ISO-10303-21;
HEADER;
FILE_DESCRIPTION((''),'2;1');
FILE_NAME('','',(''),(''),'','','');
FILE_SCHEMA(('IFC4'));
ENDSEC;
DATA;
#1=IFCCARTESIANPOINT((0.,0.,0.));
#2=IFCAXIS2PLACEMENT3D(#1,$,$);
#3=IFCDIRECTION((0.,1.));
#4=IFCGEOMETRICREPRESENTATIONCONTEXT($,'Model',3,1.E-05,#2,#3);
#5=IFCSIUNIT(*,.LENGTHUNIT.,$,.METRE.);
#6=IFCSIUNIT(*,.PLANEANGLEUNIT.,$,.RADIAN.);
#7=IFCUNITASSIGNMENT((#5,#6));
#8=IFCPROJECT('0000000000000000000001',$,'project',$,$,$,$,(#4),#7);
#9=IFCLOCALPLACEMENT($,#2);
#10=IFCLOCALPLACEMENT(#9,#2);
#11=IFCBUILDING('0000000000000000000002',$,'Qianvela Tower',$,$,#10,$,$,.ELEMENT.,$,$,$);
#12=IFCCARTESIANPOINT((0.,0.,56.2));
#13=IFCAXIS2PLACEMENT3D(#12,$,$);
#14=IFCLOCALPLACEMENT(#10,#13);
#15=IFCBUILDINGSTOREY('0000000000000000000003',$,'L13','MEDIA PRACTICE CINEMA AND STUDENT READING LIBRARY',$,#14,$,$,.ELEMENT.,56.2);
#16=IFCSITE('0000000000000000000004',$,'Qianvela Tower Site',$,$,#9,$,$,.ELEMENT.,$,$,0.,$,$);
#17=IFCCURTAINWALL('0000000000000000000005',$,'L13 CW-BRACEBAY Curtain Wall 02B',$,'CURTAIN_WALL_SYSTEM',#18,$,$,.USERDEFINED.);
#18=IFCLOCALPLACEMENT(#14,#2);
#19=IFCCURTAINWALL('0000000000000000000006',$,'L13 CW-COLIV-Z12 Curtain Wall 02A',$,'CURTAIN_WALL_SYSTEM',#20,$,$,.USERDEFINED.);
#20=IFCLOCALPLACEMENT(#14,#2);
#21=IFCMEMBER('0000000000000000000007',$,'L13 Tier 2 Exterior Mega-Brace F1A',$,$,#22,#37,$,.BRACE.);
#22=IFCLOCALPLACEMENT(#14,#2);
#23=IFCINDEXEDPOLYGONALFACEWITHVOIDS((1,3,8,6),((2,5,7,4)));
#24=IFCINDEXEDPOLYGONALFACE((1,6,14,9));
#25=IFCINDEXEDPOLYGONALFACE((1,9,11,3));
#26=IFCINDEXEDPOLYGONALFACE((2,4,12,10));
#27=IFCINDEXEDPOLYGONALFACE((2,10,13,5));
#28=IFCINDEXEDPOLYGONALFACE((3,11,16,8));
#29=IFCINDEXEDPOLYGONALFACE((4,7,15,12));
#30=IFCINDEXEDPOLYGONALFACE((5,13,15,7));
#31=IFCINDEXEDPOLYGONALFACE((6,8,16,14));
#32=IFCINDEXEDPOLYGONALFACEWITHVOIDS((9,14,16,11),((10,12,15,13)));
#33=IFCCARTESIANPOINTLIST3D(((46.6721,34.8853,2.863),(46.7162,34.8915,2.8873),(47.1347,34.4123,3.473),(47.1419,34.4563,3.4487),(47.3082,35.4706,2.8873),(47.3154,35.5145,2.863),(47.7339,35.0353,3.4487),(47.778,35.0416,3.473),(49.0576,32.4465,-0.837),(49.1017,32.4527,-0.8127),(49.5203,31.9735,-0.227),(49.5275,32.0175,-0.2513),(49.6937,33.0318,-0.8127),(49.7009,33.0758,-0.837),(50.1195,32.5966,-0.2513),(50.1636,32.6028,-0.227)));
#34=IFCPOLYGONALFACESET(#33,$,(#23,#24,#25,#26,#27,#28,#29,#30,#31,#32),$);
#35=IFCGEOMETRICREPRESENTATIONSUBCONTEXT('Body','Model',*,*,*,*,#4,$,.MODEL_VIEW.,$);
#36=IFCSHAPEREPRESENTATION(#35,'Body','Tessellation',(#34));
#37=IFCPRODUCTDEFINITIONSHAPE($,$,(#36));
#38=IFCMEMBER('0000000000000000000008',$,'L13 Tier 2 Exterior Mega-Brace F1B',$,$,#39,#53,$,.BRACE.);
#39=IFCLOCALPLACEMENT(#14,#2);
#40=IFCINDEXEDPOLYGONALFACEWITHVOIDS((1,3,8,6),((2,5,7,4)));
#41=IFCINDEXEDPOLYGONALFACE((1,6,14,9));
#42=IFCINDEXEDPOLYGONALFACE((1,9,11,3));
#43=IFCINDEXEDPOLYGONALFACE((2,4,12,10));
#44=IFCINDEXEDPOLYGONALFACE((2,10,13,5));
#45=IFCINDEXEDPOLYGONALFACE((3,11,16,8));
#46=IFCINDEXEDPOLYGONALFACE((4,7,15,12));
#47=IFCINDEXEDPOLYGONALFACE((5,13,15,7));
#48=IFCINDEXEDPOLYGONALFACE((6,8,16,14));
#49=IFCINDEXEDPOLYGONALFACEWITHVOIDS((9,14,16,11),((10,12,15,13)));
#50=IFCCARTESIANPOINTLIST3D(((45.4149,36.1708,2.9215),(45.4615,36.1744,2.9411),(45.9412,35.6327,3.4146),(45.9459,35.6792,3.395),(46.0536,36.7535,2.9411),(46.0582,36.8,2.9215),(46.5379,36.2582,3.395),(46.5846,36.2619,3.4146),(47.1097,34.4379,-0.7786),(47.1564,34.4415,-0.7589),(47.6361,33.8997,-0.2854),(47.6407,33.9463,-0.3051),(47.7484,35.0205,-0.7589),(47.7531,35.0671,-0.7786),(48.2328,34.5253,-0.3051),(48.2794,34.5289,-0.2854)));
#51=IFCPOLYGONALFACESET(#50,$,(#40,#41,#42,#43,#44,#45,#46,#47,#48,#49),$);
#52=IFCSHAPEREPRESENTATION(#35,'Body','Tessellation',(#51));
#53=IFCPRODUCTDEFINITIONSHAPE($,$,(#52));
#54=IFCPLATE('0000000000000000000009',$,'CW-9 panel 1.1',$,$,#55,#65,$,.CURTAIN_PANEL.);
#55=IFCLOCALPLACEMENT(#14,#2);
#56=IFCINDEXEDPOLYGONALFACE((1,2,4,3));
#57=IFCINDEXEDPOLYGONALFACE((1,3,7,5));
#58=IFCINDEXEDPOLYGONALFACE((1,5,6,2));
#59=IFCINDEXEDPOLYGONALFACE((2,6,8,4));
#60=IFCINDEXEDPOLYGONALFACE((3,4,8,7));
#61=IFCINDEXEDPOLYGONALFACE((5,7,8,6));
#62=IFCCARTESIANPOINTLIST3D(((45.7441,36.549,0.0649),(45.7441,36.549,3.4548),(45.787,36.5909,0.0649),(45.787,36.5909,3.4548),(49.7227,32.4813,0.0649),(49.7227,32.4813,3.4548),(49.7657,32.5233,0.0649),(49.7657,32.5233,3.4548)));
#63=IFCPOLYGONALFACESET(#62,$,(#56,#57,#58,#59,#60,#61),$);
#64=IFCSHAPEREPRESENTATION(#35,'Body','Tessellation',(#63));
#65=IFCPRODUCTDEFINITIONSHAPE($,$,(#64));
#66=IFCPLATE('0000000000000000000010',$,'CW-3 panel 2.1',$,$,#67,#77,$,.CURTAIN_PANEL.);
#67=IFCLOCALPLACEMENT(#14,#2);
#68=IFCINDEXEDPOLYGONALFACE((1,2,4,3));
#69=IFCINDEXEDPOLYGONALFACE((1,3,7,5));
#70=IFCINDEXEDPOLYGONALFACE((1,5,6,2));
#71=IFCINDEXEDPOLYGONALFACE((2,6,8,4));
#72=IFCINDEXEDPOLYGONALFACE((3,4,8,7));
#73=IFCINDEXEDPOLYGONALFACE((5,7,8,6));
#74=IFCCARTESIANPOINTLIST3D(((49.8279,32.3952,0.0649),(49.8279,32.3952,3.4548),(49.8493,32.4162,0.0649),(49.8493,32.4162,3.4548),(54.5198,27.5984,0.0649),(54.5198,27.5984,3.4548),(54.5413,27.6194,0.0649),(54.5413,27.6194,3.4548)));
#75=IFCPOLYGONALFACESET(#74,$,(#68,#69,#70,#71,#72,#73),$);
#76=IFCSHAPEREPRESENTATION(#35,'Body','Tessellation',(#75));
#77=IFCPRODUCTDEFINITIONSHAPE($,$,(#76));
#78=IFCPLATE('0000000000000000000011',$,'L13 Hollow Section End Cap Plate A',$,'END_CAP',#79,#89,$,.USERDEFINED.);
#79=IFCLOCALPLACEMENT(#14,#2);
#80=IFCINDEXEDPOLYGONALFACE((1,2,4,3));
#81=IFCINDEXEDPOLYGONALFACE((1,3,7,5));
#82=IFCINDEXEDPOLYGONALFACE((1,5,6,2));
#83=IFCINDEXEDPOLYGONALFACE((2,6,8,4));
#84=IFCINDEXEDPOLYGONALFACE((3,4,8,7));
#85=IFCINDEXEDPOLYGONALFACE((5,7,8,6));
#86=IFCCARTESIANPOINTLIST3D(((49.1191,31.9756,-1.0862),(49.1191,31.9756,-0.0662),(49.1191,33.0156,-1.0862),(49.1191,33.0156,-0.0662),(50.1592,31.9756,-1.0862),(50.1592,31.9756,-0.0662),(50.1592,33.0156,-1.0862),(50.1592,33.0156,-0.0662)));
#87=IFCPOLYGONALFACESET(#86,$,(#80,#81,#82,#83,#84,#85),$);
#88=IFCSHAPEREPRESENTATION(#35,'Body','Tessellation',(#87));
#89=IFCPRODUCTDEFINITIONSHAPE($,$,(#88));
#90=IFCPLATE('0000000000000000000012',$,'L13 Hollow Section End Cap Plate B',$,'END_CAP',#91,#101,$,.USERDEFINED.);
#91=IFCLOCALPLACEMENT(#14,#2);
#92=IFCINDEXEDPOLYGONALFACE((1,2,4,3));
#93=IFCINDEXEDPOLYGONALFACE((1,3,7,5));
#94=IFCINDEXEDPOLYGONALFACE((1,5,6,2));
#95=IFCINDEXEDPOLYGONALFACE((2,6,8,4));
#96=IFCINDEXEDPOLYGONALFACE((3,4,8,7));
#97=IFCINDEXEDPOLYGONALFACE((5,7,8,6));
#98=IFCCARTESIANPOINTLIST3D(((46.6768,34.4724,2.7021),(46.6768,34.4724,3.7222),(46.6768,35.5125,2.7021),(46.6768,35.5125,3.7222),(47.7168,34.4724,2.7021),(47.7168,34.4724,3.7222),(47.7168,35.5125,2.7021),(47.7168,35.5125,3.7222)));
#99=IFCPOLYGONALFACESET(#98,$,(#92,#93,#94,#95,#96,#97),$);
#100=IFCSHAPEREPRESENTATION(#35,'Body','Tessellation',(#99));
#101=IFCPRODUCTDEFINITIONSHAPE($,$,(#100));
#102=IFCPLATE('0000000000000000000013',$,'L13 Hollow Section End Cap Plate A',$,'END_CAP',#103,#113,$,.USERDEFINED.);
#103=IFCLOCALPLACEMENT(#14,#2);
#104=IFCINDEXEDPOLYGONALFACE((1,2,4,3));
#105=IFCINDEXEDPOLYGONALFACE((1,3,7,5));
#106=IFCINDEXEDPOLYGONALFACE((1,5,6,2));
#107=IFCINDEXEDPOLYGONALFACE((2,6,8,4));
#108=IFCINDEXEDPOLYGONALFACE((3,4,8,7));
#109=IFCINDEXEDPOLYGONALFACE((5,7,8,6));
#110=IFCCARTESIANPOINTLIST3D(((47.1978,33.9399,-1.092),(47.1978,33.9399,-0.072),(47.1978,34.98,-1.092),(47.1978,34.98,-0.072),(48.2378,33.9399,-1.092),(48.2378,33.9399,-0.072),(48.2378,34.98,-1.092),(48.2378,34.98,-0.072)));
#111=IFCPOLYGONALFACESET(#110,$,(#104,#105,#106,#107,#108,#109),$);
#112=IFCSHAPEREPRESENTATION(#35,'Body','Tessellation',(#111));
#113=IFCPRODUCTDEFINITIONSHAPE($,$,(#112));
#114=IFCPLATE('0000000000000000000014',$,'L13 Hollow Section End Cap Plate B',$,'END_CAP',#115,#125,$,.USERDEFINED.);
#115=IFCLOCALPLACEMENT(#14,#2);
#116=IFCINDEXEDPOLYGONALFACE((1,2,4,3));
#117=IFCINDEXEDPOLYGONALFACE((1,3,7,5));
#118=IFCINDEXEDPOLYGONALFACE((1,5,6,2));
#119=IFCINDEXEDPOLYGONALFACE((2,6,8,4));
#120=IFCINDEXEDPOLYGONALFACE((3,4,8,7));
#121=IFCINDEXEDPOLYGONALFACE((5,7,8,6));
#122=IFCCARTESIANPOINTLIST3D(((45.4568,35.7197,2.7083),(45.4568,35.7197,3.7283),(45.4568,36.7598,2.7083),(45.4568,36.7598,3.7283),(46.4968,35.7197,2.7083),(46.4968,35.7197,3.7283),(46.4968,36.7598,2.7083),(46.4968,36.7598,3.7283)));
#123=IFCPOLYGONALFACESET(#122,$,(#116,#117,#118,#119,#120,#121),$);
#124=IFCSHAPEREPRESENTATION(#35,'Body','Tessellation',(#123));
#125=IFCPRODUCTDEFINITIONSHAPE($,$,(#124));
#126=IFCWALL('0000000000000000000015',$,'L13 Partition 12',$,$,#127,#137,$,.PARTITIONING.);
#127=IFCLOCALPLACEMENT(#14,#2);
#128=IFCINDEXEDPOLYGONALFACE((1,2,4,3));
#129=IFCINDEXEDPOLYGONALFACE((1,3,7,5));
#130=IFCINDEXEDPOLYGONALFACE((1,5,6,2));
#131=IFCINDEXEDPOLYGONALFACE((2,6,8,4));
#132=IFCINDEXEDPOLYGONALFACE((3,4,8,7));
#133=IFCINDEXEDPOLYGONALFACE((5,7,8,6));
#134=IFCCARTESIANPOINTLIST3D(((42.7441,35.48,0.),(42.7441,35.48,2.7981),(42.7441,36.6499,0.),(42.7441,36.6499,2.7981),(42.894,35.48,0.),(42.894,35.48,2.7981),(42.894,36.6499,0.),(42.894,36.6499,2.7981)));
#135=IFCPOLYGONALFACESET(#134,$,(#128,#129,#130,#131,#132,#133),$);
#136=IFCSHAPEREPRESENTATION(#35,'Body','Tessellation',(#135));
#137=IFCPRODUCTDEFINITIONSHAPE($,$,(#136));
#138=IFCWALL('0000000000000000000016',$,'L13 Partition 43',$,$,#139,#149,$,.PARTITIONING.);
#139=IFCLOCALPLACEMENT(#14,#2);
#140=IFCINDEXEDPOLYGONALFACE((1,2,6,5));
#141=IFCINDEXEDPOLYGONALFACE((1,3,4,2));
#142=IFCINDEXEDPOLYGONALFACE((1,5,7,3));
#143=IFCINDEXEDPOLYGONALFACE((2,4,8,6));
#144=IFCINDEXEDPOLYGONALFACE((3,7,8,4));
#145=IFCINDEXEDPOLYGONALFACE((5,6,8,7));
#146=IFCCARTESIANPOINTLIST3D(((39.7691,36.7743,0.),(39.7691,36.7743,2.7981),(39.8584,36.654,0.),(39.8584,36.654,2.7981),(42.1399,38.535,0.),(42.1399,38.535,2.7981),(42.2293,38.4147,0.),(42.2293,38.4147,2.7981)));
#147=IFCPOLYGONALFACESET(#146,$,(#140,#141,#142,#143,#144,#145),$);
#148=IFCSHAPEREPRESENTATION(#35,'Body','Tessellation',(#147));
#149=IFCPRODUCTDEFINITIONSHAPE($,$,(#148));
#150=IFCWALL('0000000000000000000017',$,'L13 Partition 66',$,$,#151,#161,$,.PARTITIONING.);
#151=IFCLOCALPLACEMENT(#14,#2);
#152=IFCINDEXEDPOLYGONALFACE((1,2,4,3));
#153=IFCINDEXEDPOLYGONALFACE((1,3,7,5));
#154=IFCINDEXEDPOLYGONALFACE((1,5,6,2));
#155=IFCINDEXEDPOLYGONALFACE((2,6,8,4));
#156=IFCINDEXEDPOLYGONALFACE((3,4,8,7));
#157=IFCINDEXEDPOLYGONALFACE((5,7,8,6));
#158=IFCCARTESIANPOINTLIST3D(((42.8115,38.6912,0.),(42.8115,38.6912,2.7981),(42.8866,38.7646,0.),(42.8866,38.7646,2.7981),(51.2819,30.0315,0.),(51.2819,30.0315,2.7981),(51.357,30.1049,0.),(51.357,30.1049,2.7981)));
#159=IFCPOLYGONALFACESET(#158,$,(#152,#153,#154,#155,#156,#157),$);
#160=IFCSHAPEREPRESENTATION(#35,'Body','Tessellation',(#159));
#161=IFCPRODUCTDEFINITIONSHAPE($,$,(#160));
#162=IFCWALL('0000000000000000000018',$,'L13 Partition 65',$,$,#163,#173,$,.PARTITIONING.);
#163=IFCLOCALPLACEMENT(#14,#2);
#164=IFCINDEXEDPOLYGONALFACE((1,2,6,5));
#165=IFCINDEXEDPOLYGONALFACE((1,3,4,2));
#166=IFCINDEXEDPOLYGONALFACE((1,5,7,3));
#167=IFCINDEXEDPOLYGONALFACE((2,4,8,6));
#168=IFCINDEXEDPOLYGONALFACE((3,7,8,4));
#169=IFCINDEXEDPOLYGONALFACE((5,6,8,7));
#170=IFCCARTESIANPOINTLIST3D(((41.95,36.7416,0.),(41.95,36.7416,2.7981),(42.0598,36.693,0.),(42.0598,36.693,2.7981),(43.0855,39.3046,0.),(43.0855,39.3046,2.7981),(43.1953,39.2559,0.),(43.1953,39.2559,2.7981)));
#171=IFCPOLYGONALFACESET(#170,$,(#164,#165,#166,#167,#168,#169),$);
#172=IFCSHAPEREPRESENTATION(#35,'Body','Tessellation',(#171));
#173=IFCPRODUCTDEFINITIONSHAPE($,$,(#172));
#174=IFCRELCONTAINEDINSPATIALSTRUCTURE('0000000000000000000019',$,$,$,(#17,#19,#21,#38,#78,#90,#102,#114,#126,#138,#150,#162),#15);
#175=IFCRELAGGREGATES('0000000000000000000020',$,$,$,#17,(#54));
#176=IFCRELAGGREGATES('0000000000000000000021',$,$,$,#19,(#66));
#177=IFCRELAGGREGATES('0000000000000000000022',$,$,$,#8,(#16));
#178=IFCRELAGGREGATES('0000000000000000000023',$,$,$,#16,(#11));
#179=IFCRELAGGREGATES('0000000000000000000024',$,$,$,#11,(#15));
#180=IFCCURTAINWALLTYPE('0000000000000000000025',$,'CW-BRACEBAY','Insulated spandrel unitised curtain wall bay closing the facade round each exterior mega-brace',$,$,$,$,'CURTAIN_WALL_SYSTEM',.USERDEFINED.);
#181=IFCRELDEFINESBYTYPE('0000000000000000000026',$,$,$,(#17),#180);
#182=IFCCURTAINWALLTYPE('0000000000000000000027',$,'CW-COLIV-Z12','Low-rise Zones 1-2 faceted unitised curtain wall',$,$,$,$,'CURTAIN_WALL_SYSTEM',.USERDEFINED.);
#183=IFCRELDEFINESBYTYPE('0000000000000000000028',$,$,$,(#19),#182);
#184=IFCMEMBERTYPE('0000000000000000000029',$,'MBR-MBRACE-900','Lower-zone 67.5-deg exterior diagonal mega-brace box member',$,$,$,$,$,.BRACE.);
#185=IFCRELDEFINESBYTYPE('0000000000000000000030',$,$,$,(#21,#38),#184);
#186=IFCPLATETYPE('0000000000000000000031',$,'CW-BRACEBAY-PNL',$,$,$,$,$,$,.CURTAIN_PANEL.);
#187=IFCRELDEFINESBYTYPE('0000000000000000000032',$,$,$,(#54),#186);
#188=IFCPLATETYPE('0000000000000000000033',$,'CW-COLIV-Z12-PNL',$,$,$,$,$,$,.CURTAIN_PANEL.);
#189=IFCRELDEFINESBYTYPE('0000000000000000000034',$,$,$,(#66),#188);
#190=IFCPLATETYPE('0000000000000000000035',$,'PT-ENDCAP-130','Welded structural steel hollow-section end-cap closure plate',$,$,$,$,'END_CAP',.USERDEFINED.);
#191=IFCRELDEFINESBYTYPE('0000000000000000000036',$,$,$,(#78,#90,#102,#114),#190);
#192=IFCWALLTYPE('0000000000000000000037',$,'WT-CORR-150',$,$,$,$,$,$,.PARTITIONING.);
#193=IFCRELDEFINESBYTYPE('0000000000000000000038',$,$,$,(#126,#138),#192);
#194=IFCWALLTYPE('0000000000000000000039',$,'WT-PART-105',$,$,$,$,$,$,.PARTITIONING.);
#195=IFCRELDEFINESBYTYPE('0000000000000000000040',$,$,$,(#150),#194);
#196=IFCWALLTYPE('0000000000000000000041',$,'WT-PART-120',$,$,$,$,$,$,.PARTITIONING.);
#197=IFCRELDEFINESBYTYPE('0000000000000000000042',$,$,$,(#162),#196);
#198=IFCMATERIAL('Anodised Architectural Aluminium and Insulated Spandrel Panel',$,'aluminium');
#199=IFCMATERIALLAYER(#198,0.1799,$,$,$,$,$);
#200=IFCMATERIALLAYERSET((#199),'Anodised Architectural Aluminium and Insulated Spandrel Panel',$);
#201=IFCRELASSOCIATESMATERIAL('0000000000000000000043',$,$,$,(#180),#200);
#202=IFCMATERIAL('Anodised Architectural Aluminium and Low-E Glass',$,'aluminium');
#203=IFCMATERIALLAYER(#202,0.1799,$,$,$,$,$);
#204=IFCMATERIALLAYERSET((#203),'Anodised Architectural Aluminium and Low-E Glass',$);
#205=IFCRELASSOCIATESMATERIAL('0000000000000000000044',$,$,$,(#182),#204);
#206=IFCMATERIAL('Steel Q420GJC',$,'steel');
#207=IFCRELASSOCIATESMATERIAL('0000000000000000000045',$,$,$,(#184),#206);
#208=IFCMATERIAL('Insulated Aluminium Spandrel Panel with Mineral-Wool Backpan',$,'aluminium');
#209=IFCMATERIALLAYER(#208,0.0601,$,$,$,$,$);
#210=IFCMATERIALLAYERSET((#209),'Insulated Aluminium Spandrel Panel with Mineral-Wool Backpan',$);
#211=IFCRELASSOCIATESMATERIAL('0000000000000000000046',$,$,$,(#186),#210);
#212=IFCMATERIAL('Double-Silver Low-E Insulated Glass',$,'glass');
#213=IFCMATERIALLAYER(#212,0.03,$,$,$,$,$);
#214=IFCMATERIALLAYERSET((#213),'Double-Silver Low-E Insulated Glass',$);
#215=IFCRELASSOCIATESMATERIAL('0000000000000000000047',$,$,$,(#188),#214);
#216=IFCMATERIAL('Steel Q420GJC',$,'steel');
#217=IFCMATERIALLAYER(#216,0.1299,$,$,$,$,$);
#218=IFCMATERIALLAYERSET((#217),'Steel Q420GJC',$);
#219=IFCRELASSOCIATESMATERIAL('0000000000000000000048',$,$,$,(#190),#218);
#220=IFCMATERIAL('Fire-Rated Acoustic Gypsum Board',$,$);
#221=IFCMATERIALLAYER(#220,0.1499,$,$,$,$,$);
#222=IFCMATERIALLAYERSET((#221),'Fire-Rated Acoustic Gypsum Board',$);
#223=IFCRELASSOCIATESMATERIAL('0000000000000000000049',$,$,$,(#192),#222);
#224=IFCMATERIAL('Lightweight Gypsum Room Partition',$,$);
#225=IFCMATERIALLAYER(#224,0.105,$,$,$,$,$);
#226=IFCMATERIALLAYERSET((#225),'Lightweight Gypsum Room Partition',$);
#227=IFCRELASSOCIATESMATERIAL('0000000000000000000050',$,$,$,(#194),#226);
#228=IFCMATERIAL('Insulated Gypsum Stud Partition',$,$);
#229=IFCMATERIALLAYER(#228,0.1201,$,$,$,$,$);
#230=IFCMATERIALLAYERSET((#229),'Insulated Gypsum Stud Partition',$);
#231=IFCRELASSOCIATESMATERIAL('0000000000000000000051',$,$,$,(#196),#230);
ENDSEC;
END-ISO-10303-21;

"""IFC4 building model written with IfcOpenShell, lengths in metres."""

from ifc_helpers import new_model, si_unit, direction, frame, frame_2d, origin, origin_2d, place, context, subcontext, project, spatial, rectangle, hollow_rectangle, extrude, material, layer, layer_set, material_profile, profile_set, type_object, element, aggregate, save


model = new_model("IFC4")

# Units and contexts
model_context = context("Model", 3, precision=1e-05, world=origin(), true_north=direction((0.0, 1.0)))
body_context = subcontext(model_context, "Body", "Model", "MODEL_VIEW")
ifc_project = project(units=[si_unit("LENGTHUNIT", "METRE"), si_unit("PLANEANGLEUNIT", "RADIAN")], contexts=[model_context])

# Site, building, storey
site_placement = place(None, origin())
site = spatial("IfcSite", under=ifc_project, at=site_placement, Name="Qianvela Tower Site", CompositionType="ELEMENT", RefElevation=0.0)
building_placement = place(site_placement, origin())
building = spatial("IfcBuilding", under=site, at=building_placement, Name="Qianvela Tower", CompositionType="ELEMENT")
storey_placement = place(building_placement, frame((0.0, 0.0, 56.2)))
storey = spatial("IfcBuildingStorey", under=building, at=storey_placement, Name="L13", Description="MEDIA PRACTICE CINEMA AND STUDENT READING LIBRARY", CompositionType="ELEMENT", Elevation=56.2)

# Curtain walls
ifc_material_1 = material(Name="Anodised Architectural Aluminium and Insulated Spandrel Panel", Category="aluminium")
ifc_layer_1 = layer(ifc_material_1, 0.1799)
ifc_layer_set_1 = layer_set([ifc_layer_1], Name="Anodised Architectural Aluminium and Insulated Spandrel Panel")
curtain_wall_type_1 = type_object("IfcCurtainWallType", Name="CW-BRACEBAY", Description="Insulated spandrel unitised curtain wall bay closing the facade round each exterior mega-brace", ElementType="CURTAIN_WALL_SYSTEM", PredefinedType="USERDEFINED", material=ifc_layer_set_1)
curtain_wall_1_placement = place(storey_placement, origin())
curtain_wall_1 = element("IfcCurtainWall", 1, at=curtain_wall_1_placement, inside=storey, type_object=curtain_wall_type_1, Name="L13 CW-BRACEBAY Curtain Wall 02B", ObjectType="CURTAIN_WALL_SYSTEM", PredefinedType="USERDEFINED")
ifc_material_2 = material(Name="Anodised Architectural Aluminium and Low-E Glass", Category="aluminium")
ifc_layer_2 = layer(ifc_material_2, 0.1799)
ifc_layer_set_2 = layer_set([ifc_layer_2], Name="Anodised Architectural Aluminium and Low-E Glass")
curtain_wall_type_2 = type_object("IfcCurtainWallType", Name="CW-COLIV-Z12", Description="Low-rise Zones 1-2 faceted unitised curtain wall", ElementType="CURTAIN_WALL_SYSTEM", PredefinedType="USERDEFINED", material=ifc_layer_set_2)
curtain_wall_2_placement = place(storey_placement, origin())
curtain_wall_2 = element("IfcCurtainWall", 2, at=curtain_wall_2_placement, inside=storey, type_object=curtain_wall_type_2, Name="L13 CW-COLIV-Z12 Curtain Wall 02A", ObjectType="CURTAIN_WALL_SYSTEM", PredefinedType="USERDEFINED")

# Members
ifc_material_3 = material(Name="Steel Q420GJC", Category="steel")
ifc_material_profile_1 = material_profile(ifc_material_3, hollow_rectangle(XDim=0.8999, YDim=0.8999, WallThickness=0.0359, at=origin_2d()), Name="MBOX-900x900x36")
ifc_profile_set_1 = profile_set([ifc_material_profile_1], Name="Steel Q420GJC")
member_type_1 = type_object("IfcMemberType", Name="MBR-MBRACE-900", Description="Lower-zone 67.5-deg exterior diagonal mega-brace box member", PredefinedType="BRACE", material=ifc_profile_set_1)
member_1_placement = place(storey_placement, frame((49.6106, 32.5247, -0.532), z_axis=(-0.474004, 0.48458, 0.735189), x_axis=(-0.714864, -0.699263, 0.0)))
element("IfcMember", 3, at=member_1_placement, inside=storey, type_object=member_type_1, Name="L13 Tier 2 Exterior Mega-Brace F1A", PredefinedType="BRACE", context=body_context, shape_type="SweptSolid", body=[
    extrude(hollow_rectangle(XDim=0.8999, YDim=0.8999, WallThickness=0.0359, at=origin_2d()), origin(), (0.0, 0.0, 1.0), 5.0327),
])
member_2_placement = place(storey_placement, frame((47.6946, 34.4834, -0.532), z_axis=(-0.383164, 0.391774, 0.83648), x_axis=(-0.714919, -0.699207, 0.0)))
element("IfcMember", 4, at=member_2_placement, inside=storey, type_object=member_type_1, Name="L13 Tier 2 Exterior Mega-Brace F1B", PredefinedType="BRACE", context=body_context, shape_type="SweptSolid", body=[
    extrude(hollow_rectangle(XDim=0.8999, YDim=0.8999, WallThickness=0.0359, at=origin_2d()), origin(), (0.0, 0.0, 1.0), 4.4233),
])

# Plates
ifc_material_4 = material(Name="Insulated Aluminium Spandrel Panel with Mineral-Wool Backpan", Category="aluminium")
ifc_layer_3 = layer(ifc_material_4, 0.0601)
ifc_layer_set_3 = layer_set([ifc_layer_3], Name="Insulated Aluminium Spandrel Panel with Mineral-Wool Backpan")
plate_type_1 = type_object("IfcPlateType", Name="CW-BRACEBAY-PNL", PredefinedType="CURTAIN_PANEL", material=ifc_layer_set_3)
plate_1_placement = place(storey_placement, frame((47.7549, 34.5361, 0.0649), z_axis=(0.0, 0.0, 1.0), x_axis=(-0.699246, 0.714881, 0.0)))
plate_1 = element("IfcPlate", 5, at=plate_1_placement, type_object=plate_type_1, Name="CW-9 panel 1.1", PredefinedType="CURTAIN_PANEL", context=body_context, shape_type="SweptSolid", body=[
    extrude(rectangle(XDim=5.6899, YDim=0.0601, at=origin_2d()), origin(), (0.0, 0.0, 1.0), 3.3899),
])
aggregate(curtain_wall_1, [plate_1])
ifc_material_5 = material(Name="Double-Silver Low-E Insulated Glass", Category="glass")
ifc_layer_4 = layer(ifc_material_5, 0.03)
ifc_layer_set_4 = layer_set([ifc_layer_4], Name="Double-Silver Low-E Insulated Glass")
plate_type_2 = type_object("IfcPlateType", Name="CW-COLIV-Z12-PNL", PredefinedType="CURTAIN_PANEL", material=ifc_layer_set_4)
plate_2_placement = place(storey_placement, frame((52.1846, 30.0073, 0.0649), z_axis=(0.0, 0.0, 1.0), x_axis=(-0.69925, 0.714877, 0.0)))
plate_2 = element("IfcPlate", 6, at=plate_2_placement, type_object=plate_type_2, Name="CW-3 panel 2.1", PredefinedType="CURTAIN_PANEL", context=body_context, shape_type="SweptSolid", body=[
    extrude(rectangle(XDim=6.71, YDim=0.03, at=origin_2d()), origin(), (0.0, 0.0, 1.0), 3.3899),
])
aggregate(curtain_wall_2, [plate_2])

# Plates
ifc_material_6 = material(Name="Steel Q420GJC", Category="steel")
ifc_layer_5 = layer(ifc_material_6, 0.1299)
ifc_layer_set_5 = layer_set([ifc_layer_5], Name="Steel Q420GJC")
plate_type_3 = type_object("IfcPlateType", Name="PT-ENDCAP-130", Description="Welded structural steel hollow-section end-cap closure plate", ElementType="END_CAP", PredefinedType="USERDEFINED", material=ifc_layer_set_5)
for number, where, z_axis, x_axis, name in (
    (7, (49.6392, 32.4956, -1.0862), (0.0, 0.0, 1.0), (1.0, 0.0, 0.0), "L13 Hollow Section End Cap Plate A"),
    (8, (47.1968, 34.9924, 2.7021), (0.0, 0.0, 1.0), (1.0, 0.0, 0.0), "L13 Hollow Section End Cap Plate B"),
    (9, (47.7178, 34.46, -1.092), (0.0, 0.0, 1.0), (1.0, 0.0, 0.0), "L13 Hollow Section End Cap Plate A"),
    (10, (45.9768, 36.2397, 2.7083), (0.0, 0.0, 1.0), (1.0, 0.0, 0.0), "L13 Hollow Section End Cap Plate B"),
):
    element("IfcPlate", number, at=place(storey_placement, frame(where, z_axis=z_axis, x_axis=x_axis)), inside=storey, type_object=plate_type_3, Name=name, ObjectType="END_CAP", PredefinedType="USERDEFINED", context=body_context, shape_type="SweptSolid", body=[
        extrude(rectangle(XDim=1.04, YDim=1.04, at=origin_2d()), origin(), (0.0, 0.0, 1.0), 1.02),
    ])

# Walls
ifc_material_7 = material(Name="Fire-Rated Acoustic Gypsum Board")
ifc_layer_6 = layer(ifc_material_7, 0.1499)
ifc_layer_set_6 = layer_set([ifc_layer_6], Name="Fire-Rated Acoustic Gypsum Board")
wall_type_1 = type_object("IfcWallType", Name="WT-CORR-150", PredefinedType="PARTITIONING", material=ifc_layer_set_6)
wall_1_placement = place(storey_placement, frame((42.8191, 36.6499, 0.0), z_axis=(0.0, 0.0, 1.0), x_axis=(0.0, -1.0, 0.0)))
element("IfcWall", 11, at=wall_1_placement, inside=storey, type_object=wall_type_1, Name="L13 Partition 12", PredefinedType="PARTITIONING", context=body_context, shape_type="SweptSolid", body=[
    extrude(rectangle(XDim=1.1699, YDim=0.1499, at=frame_2d((0.585, 0.0))), origin(), (0.0, 0.0, 1.0), 2.7981),
])
wall_2_placement = place(storey_placement, frame((42.1846, 38.4749, 0.0), z_axis=(0.0, 0.0, 1.0), x_axis=(-0.802818, -0.596224, 0.0)))
element("IfcWall", 12, at=wall_2_placement, inside=storey, type_object=wall_type_1, Name="L13 Partition 43", PredefinedType="PARTITIONING", context=body_context, shape_type="SweptSolid", body=[
    extrude(rectangle(XDim=2.9531, YDim=0.1499, at=frame_2d((1.4766, 0.0))), origin(), (0.0, 0.0, 1.0), 2.7981),
])
ifc_material_8 = material(Name="Lightweight Gypsum Room Partition")
ifc_layer_7 = layer(ifc_material_8, 0.105)
ifc_layer_set_7 = layer_set([ifc_layer_7], Name="Lightweight Gypsum Room Partition")
wall_type_2 = type_object("IfcWallType", Name="WT-PART-105", PredefinedType="PARTITIONING", material=ifc_layer_set_7)
wall_3_placement = place(storey_placement, frame((42.8491, 38.7278, 0.0), z_axis=(0.0, 0.0, 1.0), x_axis=(0.699254, -0.714873, 0.0)))
element("IfcWall", 13, at=wall_3_placement, inside=storey, type_object=wall_type_2, Name="L13 Partition 66", PredefinedType="PARTITIONING", context=body_context, shape_type="SweptSolid", body=[
    extrude(rectangle(XDim=12.1135, YDim=0.105, at=frame_2d((6.0566, 0.0))), origin(), (0.0, 0.0, 1.0), 2.7981),
])
ifc_material_9 = material(Name="Insulated Gypsum Stud Partition")
ifc_layer_8 = layer(ifc_material_9, 0.1201)
ifc_layer_set_8 = layer_set([ifc_layer_8], Name="Insulated Gypsum Stud Partition")
wall_type_3 = type_object("IfcWallType", Name="WT-PART-120", PredefinedType="PARTITIONING", material=ifc_layer_set_8)
wall_4_placement = place(storey_placement, frame((42.0049, 36.7173, 0.0), z_axis=(0.0, 0.0, 1.0), x_axis=(0.405063, 0.914289, 0.0)))
element("IfcWall", 14, at=wall_4_placement, inside=storey, type_object=wall_type_3, Name="L13 Partition 65", PredefinedType="PARTITIONING", context=body_context, shape_type="SweptSolid", body=[
    extrude(rectangle(XDim=2.8032, YDim=0.1201, at=frame_2d((1.4016, 0.0))), origin(), (0.0, 0.0, 1.0), 2.7981),
])

save(model, "model.ifc")
